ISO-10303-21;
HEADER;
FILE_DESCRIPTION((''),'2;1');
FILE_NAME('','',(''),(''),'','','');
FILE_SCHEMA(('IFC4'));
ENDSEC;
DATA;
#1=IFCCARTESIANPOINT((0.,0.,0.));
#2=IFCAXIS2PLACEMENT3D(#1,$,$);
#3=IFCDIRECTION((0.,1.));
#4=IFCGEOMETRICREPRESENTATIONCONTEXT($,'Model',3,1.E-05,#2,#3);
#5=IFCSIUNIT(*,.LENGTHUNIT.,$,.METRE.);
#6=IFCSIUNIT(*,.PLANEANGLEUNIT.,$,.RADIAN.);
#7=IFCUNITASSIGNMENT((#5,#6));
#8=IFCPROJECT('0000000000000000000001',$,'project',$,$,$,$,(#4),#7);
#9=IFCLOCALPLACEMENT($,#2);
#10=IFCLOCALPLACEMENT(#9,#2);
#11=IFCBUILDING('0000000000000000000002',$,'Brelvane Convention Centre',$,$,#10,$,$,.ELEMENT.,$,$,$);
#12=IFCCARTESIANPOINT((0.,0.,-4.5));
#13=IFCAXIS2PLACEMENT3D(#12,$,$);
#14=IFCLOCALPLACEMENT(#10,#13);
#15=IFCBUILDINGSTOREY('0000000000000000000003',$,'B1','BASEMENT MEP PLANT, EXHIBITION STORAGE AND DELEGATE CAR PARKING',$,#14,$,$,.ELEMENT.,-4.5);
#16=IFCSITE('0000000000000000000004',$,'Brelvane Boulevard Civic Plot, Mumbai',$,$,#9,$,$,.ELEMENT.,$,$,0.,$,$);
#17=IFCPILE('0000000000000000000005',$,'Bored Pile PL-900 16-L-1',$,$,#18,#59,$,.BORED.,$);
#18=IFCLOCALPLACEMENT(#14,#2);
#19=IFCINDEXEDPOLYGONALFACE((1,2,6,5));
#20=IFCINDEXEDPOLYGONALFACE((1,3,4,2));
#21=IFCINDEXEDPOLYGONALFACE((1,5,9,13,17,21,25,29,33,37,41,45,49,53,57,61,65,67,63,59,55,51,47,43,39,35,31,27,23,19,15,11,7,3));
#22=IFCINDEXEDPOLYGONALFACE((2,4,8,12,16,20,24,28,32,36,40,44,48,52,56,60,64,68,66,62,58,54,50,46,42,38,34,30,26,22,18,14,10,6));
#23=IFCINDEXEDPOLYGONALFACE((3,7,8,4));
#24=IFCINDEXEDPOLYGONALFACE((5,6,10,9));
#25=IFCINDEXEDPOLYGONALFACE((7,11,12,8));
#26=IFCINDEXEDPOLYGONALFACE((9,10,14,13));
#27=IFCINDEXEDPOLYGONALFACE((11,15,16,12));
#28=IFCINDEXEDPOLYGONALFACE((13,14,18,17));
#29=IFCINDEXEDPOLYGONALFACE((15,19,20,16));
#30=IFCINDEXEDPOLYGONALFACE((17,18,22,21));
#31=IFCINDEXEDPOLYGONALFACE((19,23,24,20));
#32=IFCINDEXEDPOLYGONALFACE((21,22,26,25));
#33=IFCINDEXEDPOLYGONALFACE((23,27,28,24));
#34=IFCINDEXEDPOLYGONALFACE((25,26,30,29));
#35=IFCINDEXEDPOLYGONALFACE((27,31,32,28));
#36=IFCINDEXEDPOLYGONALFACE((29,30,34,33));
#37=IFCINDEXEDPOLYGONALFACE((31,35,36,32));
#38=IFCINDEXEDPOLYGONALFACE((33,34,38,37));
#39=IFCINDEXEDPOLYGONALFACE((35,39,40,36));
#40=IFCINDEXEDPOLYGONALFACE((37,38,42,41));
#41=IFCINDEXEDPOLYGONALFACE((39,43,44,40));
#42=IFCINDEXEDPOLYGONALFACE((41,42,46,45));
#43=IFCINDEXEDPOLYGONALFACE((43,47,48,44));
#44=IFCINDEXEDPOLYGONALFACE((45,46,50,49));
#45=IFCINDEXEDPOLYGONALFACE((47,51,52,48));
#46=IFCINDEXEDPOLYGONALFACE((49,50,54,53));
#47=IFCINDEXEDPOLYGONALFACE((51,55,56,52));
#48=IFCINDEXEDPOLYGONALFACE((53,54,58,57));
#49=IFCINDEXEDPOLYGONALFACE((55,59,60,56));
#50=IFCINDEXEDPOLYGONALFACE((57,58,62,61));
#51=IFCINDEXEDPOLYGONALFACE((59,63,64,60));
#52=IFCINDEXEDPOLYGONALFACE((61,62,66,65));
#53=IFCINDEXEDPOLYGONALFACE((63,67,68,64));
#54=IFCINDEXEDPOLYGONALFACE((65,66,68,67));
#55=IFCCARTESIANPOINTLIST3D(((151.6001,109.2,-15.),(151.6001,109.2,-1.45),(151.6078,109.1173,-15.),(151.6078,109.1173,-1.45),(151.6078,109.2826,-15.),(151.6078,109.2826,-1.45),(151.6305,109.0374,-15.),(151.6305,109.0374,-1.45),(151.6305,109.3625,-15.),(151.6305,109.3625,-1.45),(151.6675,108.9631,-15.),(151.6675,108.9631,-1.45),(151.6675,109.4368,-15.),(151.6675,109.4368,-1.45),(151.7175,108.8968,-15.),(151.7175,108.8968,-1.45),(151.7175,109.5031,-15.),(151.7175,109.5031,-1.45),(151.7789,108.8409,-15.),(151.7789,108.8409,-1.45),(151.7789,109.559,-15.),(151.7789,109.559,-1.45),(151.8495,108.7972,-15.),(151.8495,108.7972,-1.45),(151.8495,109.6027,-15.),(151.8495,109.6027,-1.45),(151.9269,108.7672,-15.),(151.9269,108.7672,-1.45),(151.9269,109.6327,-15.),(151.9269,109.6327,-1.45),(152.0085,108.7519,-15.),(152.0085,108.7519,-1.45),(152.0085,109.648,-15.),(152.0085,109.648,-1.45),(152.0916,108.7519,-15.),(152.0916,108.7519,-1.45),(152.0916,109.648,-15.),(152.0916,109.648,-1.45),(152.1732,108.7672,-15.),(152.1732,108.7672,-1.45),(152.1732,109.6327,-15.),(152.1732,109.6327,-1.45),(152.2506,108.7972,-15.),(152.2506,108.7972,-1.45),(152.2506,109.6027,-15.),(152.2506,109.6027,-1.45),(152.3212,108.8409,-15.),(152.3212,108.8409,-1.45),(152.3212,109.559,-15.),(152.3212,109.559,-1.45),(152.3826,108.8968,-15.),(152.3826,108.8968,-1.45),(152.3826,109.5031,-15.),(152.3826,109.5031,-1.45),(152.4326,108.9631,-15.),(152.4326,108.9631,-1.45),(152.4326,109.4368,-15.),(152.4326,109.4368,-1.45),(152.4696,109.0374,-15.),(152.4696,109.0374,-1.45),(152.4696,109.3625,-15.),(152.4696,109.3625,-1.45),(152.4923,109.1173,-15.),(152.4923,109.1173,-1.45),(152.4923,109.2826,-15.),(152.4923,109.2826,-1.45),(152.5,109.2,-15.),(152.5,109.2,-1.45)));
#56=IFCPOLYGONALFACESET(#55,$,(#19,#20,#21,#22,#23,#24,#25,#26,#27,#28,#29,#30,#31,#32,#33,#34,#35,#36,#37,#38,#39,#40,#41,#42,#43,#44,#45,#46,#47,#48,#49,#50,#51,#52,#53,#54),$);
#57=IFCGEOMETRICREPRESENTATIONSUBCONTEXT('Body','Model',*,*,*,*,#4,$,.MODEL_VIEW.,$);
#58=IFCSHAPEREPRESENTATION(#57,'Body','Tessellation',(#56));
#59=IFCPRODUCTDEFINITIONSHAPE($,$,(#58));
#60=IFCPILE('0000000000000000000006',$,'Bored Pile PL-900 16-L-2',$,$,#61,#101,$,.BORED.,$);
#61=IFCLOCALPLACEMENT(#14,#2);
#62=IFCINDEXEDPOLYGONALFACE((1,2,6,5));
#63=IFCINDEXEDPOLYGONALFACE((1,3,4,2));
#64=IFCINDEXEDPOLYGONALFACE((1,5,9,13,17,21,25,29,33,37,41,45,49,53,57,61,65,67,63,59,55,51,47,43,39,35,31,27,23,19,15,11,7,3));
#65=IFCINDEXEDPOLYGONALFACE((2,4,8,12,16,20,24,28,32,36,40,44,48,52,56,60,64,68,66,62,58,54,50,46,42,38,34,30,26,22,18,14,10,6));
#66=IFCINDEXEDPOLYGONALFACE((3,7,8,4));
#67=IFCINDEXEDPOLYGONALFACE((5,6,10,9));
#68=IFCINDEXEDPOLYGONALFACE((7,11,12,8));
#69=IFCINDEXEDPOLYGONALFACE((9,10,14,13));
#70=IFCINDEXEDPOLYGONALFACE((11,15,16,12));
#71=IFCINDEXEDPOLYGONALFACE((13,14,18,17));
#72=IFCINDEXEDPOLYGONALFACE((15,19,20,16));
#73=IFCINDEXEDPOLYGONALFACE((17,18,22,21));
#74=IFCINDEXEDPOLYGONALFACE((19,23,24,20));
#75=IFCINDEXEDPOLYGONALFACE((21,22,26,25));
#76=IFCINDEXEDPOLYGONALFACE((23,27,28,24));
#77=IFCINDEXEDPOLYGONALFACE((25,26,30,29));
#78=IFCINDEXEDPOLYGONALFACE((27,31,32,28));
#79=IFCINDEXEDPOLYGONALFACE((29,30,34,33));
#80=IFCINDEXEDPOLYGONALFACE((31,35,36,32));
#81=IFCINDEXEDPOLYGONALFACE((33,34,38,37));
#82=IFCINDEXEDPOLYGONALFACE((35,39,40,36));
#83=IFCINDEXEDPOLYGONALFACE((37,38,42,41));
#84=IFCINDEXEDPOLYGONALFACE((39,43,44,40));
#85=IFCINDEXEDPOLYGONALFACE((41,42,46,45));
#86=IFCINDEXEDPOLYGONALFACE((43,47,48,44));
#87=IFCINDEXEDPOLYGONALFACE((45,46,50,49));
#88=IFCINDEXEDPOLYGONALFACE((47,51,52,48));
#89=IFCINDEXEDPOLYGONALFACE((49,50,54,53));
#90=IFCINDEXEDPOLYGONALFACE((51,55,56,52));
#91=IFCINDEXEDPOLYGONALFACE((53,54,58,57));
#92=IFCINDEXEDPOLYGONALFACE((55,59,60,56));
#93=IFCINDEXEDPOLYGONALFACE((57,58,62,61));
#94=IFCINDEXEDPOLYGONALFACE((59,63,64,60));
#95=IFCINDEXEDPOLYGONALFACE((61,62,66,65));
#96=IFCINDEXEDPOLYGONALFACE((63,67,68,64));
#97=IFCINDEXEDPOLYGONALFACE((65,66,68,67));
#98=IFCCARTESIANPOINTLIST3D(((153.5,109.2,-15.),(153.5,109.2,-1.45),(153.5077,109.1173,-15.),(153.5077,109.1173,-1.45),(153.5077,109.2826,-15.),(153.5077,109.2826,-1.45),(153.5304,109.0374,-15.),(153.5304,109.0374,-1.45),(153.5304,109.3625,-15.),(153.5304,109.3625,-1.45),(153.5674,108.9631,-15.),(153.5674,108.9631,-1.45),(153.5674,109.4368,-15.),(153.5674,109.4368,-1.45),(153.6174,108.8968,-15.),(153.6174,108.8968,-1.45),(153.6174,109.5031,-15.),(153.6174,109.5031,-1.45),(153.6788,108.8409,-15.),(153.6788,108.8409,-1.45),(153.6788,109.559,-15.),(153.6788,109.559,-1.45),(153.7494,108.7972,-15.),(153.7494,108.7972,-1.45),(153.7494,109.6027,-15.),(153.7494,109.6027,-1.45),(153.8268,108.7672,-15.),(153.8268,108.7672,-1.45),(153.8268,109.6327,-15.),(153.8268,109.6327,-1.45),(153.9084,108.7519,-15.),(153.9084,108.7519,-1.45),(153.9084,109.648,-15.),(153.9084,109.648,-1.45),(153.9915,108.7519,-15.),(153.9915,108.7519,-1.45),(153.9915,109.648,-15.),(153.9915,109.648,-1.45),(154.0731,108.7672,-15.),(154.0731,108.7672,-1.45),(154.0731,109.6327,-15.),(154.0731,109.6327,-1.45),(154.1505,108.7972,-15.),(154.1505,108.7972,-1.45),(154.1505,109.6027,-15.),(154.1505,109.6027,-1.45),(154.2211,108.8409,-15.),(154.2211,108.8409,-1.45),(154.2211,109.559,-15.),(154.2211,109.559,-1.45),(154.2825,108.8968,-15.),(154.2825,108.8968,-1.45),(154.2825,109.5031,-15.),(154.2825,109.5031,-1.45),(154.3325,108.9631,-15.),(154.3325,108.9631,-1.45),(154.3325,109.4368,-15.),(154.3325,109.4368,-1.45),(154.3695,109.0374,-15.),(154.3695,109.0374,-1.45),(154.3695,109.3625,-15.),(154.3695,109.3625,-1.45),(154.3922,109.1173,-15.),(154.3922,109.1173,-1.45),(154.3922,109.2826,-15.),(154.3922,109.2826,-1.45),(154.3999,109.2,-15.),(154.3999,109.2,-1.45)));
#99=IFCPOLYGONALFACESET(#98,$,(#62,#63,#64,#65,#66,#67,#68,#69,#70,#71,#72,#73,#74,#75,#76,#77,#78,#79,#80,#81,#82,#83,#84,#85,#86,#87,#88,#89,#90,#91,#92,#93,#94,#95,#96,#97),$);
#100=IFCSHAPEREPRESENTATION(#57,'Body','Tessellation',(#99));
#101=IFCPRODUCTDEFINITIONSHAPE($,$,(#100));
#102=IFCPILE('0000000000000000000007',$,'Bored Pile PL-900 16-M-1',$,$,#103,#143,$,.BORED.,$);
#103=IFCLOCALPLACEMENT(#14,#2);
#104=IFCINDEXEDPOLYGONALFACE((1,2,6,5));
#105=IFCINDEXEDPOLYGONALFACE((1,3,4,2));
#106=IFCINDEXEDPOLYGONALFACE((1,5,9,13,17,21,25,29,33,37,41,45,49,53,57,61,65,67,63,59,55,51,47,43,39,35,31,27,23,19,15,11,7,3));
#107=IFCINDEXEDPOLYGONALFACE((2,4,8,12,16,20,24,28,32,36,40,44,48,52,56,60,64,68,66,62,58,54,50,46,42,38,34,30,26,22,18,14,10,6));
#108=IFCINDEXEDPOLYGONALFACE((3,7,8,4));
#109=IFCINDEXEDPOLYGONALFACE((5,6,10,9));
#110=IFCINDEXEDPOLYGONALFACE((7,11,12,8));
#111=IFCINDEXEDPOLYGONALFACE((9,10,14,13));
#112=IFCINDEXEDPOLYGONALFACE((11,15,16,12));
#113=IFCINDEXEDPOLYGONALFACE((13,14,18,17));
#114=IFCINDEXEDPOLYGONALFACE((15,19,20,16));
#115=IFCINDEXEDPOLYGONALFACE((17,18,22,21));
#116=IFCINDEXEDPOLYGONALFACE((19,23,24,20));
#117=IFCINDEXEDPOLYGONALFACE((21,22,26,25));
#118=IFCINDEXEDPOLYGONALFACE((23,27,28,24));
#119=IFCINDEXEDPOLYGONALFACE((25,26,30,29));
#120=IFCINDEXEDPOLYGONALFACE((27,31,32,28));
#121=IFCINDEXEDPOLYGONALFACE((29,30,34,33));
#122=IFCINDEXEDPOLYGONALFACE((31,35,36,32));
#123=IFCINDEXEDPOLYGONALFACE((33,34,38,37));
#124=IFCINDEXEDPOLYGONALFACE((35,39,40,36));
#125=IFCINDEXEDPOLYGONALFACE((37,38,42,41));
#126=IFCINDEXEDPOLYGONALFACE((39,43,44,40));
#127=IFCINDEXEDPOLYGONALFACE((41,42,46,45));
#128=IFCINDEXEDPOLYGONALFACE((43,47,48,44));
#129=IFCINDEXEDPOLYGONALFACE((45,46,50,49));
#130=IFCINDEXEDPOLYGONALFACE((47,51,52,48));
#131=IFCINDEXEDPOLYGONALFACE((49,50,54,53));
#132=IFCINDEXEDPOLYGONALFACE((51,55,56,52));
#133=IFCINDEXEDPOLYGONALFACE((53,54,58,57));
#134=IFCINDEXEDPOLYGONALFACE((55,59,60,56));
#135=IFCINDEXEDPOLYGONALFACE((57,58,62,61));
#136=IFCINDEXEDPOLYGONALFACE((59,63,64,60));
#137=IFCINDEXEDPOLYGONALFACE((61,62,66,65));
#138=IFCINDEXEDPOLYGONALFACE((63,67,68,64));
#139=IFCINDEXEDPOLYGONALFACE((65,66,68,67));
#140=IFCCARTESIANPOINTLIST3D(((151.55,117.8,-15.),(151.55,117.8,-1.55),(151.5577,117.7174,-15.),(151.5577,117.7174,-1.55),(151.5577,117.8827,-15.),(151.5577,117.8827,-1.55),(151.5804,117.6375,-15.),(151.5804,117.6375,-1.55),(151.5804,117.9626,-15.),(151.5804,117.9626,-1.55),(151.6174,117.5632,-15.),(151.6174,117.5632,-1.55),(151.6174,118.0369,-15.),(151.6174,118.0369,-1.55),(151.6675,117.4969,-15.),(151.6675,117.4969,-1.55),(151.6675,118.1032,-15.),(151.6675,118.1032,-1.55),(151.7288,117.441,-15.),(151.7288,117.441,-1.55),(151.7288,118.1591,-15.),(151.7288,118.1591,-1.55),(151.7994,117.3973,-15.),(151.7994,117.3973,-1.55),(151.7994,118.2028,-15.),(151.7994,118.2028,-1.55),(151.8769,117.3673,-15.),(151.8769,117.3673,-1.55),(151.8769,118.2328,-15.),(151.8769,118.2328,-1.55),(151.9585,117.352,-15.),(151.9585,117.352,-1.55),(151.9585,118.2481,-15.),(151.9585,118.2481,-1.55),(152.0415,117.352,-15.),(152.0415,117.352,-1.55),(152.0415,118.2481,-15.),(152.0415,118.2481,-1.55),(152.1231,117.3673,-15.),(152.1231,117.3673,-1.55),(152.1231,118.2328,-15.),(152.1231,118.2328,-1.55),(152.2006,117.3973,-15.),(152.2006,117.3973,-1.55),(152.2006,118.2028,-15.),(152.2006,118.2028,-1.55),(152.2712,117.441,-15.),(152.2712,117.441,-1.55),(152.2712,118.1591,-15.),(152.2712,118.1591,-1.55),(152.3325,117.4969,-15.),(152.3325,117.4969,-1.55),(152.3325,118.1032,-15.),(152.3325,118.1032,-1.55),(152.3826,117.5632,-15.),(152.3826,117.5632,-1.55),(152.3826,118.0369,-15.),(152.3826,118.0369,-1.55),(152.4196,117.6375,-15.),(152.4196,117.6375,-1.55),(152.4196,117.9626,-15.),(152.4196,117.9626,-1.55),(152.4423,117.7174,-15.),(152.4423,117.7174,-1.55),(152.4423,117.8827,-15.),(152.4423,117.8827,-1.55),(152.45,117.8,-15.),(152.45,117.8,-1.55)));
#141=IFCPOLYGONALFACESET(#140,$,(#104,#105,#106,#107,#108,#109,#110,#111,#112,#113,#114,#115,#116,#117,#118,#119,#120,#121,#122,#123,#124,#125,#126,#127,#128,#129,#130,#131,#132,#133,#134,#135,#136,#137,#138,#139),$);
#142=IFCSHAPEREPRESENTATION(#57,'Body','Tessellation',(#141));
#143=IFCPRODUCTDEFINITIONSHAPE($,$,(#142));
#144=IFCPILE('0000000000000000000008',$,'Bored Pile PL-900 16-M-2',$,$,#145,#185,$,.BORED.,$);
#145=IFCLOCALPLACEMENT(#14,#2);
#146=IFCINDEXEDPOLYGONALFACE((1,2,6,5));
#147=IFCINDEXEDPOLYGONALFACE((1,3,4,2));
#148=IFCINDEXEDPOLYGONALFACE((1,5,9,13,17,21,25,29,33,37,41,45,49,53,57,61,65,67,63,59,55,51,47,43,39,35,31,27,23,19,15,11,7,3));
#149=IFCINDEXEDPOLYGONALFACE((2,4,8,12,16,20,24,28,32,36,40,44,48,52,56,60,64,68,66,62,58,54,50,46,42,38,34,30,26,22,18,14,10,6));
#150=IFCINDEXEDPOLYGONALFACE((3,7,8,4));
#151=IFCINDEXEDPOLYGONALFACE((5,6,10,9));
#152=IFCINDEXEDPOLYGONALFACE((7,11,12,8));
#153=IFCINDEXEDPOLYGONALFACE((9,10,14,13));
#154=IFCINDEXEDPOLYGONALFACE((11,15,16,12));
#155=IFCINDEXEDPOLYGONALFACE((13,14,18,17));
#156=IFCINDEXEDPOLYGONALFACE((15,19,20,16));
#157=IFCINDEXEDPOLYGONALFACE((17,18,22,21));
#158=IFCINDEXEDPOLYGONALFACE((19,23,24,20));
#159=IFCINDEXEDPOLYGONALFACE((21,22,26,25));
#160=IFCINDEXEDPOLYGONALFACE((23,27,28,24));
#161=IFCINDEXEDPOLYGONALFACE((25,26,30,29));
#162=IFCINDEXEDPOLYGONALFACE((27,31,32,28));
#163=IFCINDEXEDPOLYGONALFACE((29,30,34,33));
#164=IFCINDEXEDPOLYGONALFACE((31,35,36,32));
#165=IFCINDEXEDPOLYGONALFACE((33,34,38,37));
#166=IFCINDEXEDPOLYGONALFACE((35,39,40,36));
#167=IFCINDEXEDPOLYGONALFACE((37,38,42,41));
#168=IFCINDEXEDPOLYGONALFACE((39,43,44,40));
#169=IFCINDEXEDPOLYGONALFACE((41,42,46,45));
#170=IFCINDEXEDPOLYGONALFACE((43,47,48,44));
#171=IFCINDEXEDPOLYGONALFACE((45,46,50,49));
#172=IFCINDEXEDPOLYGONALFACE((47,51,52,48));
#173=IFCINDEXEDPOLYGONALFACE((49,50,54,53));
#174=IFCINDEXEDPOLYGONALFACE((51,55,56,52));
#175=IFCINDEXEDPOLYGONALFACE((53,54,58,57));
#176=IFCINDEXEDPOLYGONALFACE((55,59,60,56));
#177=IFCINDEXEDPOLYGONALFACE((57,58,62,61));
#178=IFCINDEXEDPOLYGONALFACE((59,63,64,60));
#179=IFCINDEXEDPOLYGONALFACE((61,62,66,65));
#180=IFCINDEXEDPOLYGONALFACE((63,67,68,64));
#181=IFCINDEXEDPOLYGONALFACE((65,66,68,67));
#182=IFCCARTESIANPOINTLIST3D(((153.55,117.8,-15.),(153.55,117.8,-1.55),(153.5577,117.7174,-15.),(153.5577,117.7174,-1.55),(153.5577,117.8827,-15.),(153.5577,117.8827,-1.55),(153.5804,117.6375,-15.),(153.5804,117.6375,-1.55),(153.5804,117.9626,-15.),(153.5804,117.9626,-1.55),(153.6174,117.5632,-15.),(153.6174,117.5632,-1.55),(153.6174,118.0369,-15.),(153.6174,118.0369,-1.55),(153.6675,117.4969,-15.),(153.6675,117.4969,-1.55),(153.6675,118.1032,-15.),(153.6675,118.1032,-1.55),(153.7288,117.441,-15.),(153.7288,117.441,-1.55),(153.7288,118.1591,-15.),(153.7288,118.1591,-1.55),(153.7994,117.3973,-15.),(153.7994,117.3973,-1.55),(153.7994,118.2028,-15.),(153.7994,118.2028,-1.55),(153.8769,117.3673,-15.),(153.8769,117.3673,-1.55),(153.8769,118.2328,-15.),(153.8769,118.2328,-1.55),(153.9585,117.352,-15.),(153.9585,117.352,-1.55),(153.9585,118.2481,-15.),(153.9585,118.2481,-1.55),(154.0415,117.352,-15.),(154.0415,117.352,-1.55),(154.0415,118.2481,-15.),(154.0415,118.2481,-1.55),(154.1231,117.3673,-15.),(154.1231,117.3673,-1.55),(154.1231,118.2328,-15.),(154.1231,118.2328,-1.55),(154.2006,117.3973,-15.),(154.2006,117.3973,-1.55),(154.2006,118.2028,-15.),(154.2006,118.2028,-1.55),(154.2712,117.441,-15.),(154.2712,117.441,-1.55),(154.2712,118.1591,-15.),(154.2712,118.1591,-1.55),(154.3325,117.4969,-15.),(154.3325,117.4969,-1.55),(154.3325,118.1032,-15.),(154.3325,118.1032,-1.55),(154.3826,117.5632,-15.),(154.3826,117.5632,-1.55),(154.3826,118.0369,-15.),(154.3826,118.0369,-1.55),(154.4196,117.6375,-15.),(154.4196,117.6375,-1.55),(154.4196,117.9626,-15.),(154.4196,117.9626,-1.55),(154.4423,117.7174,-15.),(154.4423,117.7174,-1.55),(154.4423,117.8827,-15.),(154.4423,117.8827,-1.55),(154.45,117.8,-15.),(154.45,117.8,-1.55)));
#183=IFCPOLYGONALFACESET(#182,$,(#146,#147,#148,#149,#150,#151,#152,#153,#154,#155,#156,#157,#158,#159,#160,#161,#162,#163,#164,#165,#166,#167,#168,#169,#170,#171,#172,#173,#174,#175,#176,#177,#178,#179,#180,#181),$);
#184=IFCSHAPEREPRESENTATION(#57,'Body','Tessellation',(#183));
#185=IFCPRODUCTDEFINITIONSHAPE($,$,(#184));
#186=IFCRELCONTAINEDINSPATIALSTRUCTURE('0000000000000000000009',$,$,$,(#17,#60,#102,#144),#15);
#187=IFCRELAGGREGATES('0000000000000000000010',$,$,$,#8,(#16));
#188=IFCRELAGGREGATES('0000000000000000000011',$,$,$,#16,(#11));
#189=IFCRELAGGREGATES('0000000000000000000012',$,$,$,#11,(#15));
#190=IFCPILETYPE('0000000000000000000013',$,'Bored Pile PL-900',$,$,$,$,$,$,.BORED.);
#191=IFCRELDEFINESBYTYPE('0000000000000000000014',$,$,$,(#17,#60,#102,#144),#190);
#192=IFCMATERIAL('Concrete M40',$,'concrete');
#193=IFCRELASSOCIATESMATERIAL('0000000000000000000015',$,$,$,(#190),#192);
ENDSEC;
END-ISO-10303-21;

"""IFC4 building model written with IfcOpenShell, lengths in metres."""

from ifc_helpers import new_model, si_unit, direction, frame, origin, origin_2d, place, context, subcontext, project, spatial, circle, extrude, material, material_profile, profile_set, type_object, element, save


model = new_model("IFC4")

# Units and contexts
model_context = context("Model", 3, precision=1e-05, world=origin(), true_north=direction((0.0, 1.0)))
body_context = subcontext(model_context, "Body", "Model", "MODEL_VIEW")
ifc_project = project(units=[si_unit("LENGTHUNIT", "METRE"), si_unit("PLANEANGLEUNIT", "RADIAN")], contexts=[model_context])

# Site, building, storey
site_placement = place(None, origin())
site = spatial("IfcSite", under=ifc_project, at=site_placement, Name="Brelvane Boulevard Civic Plot, Mumbai", CompositionType="ELEMENT", RefElevation=0.0)
building_placement = place(site_placement, origin())
building = spatial("IfcBuilding", under=site, at=building_placement, Name="Brelvane Convention Centre", CompositionType="ELEMENT")
storey_placement = place(building_placement, frame((0.0, 0.0, -4.5)))
storey = spatial("IfcBuildingStorey", under=building, at=storey_placement, Name="B1", Description="BASEMENT MEP PLANT, EXHIBITION STORAGE AND DELEGATE CAR PARKING", CompositionType="ELEMENT", Elevation=-4.5)

# Piles
ifc_material_1 = material(Name="Concrete M40", Category="concrete")
ifc_material_profile_1 = material_profile(ifc_material_1, circle(Radius=0.45, at=origin_2d()), Name="PILE D900")
ifc_profile_set_1 = profile_set([ifc_material_profile_1], Name="Concrete M40")
pile_type = type_object("IfcPileType", Name="Bored Pile PL-900", PredefinedType="BORED", material=ifc_profile_set_1)
for number, where, z_axis, x_axis, name in (
    (1, (152.05, 109.2, -1.45), (0.0, 0.0, -1.0), (1.0, 0.0, 0.0), "Bored Pile PL-900 16-L-1"),
    (2, (153.95, 109.2, -1.45), (0.0, 0.0, -1.0), (1.0, 0.0, 0.0), "Bored Pile PL-900 16-L-2"),
):
    element("IfcPile", number, at=place(storey_placement, frame(where, z_axis=z_axis, x_axis=x_axis)), inside=storey, type_object=pile_type, Name=name, PredefinedType="BORED", context=body_context, shape_type="SweptSolid", body=[
        extrude(circle(Radius=0.45, at=origin_2d()), origin(), (0.0, 0.0, 1.0), 13.55),
    ])
for number, where, z_axis, x_axis, name in (
    (3, (152.0, 117.8, -1.55), (0.0, 0.0, -1.0), (1.0, 0.0, 0.0), "Bored Pile PL-900 16-M-1"),
    (4, (154.0, 117.8, -1.55), (0.0, 0.0, -1.0), (1.0, 0.0, 0.0), "Bored Pile PL-900 16-M-2"),
):
    element("IfcPile", number, at=place(storey_placement, frame(where, z_axis=z_axis, x_axis=x_axis)), inside=storey, type_object=pile_type, Name=name, PredefinedType="BORED", context=body_context, shape_type="SweptSolid", body=[
        extrude(circle(Radius=0.45, at=origin_2d()), origin(), (0.0, 0.0, 1.0), 13.45),
    ])

save(model, "model.ifc")
